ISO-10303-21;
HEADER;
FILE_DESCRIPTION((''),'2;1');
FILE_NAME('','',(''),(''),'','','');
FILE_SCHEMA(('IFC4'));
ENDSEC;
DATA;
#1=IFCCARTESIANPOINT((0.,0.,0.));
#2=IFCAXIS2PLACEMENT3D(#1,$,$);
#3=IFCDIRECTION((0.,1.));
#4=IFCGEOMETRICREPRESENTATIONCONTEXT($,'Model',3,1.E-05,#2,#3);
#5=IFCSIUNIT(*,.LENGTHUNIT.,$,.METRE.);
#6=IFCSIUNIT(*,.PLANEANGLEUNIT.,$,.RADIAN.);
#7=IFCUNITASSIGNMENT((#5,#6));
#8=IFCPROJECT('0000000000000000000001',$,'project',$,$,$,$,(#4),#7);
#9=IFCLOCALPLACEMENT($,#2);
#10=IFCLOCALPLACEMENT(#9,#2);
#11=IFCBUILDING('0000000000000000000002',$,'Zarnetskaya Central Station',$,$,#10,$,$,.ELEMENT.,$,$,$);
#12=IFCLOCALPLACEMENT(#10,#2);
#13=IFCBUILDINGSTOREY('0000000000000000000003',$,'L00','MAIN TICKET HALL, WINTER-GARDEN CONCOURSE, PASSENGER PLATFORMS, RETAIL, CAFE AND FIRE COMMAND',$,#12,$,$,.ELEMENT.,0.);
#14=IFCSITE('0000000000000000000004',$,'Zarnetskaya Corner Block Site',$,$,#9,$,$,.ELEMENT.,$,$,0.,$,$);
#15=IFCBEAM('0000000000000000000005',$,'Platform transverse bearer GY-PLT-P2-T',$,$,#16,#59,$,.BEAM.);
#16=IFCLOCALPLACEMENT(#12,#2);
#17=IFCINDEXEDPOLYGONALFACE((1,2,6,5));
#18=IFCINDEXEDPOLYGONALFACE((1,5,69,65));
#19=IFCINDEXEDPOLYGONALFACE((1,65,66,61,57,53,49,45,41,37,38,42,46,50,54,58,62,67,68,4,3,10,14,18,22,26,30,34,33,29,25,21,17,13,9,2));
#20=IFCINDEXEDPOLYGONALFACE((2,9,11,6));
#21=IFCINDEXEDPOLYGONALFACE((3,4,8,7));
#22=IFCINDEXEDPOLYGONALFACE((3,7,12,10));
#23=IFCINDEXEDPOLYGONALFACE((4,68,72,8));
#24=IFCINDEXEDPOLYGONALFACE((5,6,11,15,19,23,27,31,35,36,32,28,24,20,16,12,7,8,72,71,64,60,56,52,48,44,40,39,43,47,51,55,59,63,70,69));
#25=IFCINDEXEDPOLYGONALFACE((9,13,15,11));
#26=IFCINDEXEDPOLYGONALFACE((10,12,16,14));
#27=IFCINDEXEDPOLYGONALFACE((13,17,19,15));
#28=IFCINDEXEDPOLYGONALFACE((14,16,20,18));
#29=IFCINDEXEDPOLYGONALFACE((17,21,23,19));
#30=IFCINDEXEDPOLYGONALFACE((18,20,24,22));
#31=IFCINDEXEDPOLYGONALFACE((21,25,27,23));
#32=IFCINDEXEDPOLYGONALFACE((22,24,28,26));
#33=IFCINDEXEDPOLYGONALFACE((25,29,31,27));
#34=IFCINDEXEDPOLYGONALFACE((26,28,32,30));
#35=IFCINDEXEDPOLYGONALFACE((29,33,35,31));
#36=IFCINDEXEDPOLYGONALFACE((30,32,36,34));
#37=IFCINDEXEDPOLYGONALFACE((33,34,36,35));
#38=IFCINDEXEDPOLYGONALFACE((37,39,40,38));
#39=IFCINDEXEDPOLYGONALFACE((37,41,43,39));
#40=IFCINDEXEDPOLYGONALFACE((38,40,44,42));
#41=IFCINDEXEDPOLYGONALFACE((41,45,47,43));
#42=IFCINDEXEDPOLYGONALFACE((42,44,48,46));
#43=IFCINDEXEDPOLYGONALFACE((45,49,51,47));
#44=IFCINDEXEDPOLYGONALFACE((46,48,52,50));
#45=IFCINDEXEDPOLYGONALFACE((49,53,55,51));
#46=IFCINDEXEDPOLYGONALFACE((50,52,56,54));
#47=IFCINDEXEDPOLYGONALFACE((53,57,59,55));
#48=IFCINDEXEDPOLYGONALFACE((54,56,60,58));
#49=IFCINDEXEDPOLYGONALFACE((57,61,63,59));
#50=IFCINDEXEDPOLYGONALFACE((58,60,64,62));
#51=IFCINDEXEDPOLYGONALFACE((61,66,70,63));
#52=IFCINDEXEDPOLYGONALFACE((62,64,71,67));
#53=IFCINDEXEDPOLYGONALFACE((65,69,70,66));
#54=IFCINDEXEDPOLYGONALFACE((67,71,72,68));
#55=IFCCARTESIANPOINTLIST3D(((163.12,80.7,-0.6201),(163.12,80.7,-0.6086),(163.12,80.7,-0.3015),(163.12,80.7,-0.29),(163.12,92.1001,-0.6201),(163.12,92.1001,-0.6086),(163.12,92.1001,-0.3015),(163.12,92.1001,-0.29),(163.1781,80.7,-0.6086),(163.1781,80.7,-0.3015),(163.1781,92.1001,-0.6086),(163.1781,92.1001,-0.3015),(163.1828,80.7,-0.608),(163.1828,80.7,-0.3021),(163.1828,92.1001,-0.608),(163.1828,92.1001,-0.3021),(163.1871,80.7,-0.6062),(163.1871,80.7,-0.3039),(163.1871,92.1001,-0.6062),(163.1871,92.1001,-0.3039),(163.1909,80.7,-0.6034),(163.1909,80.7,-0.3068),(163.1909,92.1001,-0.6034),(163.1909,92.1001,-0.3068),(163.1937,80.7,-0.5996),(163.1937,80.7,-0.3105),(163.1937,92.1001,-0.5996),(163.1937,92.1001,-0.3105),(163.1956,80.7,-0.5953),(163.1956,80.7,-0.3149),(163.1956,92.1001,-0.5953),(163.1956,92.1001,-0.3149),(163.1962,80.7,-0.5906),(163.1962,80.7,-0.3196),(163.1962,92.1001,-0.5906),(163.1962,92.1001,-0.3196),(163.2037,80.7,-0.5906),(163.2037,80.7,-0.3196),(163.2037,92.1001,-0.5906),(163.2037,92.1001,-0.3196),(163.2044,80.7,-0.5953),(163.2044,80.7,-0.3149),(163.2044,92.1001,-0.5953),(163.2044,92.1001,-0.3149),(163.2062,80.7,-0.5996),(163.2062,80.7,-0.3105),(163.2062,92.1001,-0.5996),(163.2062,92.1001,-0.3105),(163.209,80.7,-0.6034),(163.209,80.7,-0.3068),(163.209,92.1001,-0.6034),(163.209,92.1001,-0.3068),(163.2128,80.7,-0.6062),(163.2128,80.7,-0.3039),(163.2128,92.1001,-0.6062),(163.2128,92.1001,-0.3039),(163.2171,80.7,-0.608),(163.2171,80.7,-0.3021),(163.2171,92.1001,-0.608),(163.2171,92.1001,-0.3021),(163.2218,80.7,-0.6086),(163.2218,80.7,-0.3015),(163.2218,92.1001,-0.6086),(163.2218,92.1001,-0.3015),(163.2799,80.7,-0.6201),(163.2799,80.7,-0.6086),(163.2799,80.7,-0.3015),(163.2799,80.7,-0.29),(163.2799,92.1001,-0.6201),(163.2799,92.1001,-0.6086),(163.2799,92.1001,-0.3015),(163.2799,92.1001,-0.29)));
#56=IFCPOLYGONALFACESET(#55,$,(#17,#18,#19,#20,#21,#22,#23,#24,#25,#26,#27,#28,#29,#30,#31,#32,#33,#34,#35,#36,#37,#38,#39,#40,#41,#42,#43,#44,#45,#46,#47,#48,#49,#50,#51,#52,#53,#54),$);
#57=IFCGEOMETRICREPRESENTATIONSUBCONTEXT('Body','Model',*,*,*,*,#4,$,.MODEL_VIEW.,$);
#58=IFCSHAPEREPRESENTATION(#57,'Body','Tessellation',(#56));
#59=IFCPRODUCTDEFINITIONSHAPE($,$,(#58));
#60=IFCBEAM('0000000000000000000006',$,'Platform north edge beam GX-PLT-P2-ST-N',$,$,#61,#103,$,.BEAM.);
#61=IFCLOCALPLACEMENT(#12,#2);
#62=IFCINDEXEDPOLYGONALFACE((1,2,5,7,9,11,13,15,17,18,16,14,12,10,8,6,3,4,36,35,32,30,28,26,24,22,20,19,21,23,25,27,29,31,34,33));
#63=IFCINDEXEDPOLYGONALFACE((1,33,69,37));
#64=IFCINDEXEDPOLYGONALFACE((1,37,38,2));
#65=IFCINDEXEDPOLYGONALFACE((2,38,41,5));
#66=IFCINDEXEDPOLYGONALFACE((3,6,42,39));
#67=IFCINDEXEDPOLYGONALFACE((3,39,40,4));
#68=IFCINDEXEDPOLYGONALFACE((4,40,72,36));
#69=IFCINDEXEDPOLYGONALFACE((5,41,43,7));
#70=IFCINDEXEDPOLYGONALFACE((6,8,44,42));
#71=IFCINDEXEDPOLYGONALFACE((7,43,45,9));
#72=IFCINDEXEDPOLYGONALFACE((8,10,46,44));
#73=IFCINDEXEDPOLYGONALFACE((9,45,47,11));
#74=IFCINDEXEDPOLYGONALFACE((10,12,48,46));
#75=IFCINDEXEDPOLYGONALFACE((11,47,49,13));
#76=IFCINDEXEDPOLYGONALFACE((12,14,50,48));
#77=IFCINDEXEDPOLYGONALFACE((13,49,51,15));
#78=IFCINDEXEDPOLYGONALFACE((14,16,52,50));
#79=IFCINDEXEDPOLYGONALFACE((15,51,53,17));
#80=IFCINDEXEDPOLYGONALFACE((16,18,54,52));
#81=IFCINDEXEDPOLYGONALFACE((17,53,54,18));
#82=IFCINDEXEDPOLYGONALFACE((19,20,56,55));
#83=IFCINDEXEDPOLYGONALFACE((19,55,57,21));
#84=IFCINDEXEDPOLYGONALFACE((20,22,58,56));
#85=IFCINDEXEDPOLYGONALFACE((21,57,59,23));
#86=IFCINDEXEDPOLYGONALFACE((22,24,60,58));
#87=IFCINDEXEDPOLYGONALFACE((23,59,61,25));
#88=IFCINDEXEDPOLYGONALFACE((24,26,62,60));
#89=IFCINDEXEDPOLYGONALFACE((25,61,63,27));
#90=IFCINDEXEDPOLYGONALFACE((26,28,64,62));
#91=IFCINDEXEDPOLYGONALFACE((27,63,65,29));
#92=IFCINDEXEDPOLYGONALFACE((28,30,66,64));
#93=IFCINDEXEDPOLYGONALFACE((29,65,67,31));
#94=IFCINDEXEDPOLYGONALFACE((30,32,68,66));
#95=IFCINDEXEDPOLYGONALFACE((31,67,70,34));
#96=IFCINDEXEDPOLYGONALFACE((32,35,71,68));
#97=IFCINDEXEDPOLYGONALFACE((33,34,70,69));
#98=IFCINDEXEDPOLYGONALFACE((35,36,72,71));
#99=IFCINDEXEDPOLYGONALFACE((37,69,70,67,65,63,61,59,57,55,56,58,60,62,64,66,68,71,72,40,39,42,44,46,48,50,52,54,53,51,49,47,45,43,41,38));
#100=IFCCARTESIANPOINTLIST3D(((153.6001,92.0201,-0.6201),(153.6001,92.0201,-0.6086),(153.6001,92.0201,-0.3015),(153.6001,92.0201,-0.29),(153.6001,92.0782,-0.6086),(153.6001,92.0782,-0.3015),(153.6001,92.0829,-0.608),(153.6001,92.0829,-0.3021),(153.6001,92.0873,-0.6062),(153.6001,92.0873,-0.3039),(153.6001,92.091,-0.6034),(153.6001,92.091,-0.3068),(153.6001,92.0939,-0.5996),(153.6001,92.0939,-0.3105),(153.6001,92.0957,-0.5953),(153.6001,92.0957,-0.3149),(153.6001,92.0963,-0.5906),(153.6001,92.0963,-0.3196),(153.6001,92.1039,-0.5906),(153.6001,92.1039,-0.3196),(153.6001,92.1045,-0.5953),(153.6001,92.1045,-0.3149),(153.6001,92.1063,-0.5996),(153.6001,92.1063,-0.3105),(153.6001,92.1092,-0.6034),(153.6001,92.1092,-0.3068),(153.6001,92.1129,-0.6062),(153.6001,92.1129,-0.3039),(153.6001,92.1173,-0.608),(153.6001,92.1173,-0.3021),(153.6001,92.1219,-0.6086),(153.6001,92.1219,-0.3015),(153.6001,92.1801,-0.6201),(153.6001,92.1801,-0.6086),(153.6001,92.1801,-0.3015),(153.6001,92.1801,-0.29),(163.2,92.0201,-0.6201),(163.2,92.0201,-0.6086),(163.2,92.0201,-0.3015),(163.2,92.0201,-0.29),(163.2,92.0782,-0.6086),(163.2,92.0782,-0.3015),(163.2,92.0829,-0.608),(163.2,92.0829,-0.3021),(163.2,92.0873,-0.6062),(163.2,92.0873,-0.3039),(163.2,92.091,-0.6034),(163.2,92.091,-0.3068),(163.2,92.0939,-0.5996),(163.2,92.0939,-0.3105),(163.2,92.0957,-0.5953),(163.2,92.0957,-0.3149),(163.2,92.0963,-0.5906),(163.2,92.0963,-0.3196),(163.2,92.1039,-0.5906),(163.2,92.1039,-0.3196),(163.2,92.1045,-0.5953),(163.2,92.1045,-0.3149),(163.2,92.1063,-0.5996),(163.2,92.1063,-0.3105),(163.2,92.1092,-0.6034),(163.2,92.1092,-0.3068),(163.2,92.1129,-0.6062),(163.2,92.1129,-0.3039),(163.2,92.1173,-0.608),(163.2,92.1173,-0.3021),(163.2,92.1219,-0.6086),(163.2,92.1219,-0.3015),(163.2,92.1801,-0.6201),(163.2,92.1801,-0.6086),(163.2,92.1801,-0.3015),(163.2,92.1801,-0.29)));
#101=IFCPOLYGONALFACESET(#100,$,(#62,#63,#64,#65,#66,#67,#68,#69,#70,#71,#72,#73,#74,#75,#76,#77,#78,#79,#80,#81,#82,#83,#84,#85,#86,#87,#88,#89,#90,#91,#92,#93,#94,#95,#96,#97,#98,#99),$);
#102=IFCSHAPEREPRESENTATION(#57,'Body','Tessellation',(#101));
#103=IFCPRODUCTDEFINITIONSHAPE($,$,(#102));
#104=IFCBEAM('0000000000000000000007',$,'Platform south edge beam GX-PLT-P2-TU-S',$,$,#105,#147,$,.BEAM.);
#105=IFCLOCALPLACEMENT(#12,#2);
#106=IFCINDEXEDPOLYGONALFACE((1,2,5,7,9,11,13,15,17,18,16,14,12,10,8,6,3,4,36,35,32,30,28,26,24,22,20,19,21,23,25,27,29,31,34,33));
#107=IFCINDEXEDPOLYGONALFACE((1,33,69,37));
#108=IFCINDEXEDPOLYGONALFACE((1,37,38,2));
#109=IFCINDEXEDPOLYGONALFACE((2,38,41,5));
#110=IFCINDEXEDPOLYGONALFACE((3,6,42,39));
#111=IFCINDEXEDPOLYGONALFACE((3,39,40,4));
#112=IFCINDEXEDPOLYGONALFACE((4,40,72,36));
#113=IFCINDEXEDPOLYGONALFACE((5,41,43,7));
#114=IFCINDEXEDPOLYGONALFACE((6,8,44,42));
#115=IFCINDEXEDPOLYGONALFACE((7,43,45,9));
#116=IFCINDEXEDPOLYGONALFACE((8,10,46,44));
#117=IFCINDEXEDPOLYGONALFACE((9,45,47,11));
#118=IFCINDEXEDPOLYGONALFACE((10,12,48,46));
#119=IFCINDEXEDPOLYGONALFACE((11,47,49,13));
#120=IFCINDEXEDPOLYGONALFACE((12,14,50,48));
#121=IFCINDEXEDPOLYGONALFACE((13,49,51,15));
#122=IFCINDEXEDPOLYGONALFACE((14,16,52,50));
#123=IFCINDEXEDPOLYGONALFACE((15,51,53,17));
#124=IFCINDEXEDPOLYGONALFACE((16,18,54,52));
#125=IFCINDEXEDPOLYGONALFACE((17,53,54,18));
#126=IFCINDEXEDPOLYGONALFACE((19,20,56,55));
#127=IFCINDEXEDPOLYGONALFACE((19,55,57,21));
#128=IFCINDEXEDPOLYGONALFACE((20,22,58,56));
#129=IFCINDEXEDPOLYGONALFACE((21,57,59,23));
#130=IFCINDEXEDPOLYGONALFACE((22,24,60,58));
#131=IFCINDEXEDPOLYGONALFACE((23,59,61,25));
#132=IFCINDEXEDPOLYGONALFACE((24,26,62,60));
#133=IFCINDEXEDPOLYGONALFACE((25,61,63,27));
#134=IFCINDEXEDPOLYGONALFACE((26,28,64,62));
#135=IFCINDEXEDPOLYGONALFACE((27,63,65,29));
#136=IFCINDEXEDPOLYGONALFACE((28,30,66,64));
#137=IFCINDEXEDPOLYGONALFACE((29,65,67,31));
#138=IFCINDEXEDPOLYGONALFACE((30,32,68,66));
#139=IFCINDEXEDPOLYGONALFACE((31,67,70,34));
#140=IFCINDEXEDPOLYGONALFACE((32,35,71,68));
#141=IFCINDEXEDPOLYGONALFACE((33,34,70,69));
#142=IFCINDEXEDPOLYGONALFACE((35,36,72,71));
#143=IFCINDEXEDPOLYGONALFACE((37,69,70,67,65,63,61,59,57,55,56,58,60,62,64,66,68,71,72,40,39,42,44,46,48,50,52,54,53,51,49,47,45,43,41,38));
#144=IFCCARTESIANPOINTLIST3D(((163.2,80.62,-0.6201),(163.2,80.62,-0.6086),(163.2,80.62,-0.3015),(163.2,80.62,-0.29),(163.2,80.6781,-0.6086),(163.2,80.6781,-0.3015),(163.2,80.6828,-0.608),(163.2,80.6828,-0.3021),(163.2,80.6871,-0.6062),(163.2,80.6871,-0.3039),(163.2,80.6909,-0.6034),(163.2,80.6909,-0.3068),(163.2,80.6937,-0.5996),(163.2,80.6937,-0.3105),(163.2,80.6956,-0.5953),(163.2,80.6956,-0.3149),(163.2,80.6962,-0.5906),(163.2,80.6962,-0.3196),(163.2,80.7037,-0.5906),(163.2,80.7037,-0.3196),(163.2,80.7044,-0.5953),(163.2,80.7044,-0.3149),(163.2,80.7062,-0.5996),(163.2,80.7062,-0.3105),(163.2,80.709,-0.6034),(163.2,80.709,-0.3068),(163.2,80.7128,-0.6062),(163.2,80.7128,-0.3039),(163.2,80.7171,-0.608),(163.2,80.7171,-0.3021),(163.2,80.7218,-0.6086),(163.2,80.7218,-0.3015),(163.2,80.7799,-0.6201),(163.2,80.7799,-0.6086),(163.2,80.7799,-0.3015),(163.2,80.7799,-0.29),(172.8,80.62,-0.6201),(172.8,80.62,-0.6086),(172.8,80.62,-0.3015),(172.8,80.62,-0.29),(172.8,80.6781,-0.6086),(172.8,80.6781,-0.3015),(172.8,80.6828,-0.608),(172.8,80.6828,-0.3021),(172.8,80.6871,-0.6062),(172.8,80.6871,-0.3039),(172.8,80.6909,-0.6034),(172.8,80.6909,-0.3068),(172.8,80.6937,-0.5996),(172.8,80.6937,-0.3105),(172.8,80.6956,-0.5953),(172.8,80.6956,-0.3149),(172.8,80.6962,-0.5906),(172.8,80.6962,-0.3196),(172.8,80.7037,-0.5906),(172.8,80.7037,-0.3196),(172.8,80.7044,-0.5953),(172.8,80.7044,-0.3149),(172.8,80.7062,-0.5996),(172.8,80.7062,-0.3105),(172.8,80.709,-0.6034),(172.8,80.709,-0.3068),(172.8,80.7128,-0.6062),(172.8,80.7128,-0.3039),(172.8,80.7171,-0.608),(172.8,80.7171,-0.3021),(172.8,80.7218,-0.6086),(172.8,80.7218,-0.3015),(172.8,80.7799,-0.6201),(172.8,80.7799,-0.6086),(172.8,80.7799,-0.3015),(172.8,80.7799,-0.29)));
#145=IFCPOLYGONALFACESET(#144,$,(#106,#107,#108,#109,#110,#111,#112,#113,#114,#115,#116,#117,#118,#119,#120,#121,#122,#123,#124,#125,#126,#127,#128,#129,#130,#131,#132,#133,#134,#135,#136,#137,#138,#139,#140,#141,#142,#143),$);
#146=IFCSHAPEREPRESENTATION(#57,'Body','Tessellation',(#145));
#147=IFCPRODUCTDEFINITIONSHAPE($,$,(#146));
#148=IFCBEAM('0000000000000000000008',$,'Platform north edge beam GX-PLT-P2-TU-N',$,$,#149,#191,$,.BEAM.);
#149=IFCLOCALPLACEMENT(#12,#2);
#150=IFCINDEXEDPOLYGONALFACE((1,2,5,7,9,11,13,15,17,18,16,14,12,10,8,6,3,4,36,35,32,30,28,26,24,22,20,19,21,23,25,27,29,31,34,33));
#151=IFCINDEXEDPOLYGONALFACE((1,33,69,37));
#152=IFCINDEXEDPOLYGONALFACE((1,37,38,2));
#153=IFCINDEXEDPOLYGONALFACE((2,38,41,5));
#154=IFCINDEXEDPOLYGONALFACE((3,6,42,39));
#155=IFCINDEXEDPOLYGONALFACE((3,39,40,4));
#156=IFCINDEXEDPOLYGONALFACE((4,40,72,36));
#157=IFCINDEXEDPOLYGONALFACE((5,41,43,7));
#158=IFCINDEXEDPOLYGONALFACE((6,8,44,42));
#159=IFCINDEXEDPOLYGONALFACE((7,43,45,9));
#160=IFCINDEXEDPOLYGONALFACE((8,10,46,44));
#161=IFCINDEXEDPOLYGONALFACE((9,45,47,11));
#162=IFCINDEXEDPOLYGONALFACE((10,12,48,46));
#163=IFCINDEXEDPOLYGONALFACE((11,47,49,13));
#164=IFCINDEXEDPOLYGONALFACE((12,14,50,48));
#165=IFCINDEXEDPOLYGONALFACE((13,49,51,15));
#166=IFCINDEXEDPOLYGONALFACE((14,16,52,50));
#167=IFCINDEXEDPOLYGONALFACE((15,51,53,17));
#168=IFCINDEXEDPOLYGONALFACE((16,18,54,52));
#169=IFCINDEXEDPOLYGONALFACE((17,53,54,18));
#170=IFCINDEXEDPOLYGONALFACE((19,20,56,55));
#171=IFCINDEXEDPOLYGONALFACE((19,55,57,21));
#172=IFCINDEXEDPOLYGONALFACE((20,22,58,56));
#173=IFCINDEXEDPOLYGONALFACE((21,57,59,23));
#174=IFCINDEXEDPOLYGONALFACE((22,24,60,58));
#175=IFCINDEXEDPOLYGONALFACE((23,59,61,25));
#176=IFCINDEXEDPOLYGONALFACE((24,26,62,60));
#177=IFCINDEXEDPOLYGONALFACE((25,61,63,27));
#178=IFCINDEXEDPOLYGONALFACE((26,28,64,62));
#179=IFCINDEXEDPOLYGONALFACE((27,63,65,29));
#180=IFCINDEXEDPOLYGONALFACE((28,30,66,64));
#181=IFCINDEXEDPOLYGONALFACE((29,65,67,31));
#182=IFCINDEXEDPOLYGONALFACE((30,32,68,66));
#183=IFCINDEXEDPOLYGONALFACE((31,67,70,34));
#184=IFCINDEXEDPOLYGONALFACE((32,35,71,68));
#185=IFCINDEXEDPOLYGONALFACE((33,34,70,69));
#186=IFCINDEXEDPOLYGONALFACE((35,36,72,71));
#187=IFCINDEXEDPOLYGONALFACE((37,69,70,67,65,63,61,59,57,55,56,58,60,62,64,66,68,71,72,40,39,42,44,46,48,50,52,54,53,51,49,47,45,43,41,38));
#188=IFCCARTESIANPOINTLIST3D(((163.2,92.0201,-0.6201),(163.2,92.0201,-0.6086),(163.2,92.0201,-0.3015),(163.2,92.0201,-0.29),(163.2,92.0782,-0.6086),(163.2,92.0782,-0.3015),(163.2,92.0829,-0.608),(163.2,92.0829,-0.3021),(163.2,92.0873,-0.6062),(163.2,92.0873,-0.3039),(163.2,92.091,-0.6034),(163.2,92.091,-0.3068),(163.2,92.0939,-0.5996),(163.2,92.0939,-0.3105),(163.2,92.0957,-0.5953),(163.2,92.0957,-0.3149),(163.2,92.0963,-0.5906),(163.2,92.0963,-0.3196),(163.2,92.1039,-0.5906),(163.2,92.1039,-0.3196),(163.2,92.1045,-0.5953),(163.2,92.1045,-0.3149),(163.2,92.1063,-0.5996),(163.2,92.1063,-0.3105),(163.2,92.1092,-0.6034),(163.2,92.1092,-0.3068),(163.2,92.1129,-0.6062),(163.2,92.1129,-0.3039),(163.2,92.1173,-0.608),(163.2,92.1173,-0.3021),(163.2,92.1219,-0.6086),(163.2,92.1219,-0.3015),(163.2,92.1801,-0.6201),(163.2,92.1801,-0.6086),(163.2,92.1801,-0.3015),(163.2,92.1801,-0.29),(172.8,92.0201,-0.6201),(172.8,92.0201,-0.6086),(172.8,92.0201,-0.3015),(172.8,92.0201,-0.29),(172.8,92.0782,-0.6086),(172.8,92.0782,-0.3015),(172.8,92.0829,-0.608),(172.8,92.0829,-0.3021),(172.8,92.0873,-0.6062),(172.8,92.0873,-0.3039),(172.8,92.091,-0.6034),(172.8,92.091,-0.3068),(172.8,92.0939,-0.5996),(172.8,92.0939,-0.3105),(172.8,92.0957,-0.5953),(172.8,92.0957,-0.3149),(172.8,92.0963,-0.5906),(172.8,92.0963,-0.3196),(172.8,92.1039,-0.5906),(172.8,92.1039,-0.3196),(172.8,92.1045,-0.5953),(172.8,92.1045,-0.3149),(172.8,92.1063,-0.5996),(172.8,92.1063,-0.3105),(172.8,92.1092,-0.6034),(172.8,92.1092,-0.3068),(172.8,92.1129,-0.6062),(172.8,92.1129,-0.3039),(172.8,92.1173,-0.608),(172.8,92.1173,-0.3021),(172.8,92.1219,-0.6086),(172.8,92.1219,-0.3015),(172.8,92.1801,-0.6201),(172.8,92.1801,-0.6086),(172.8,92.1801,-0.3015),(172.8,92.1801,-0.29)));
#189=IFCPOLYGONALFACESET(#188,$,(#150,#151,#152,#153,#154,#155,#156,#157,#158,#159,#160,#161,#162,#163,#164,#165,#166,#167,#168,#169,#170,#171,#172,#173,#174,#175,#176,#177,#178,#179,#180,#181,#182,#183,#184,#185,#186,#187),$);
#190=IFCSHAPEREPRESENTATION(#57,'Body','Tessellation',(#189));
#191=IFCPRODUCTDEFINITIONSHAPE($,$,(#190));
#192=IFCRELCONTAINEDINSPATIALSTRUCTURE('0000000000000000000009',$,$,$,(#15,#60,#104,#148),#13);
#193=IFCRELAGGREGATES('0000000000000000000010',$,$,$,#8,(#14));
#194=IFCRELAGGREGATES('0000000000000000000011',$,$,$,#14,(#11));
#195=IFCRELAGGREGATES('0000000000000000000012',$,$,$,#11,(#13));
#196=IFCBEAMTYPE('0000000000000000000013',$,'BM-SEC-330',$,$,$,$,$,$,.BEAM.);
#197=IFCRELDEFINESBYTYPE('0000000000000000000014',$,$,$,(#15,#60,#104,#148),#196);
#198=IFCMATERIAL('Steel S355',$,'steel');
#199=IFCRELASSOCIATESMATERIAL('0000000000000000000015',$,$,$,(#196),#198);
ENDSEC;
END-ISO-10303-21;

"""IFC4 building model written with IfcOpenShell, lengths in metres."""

from ifc_helpers import new_model, si_unit, direction, frame, origin, origin_2d, place, context, subcontext, project, spatial, i_section, extrude, material, material_profile, profile_set, type_object, element, save


model = new_model("IFC4")

# Units and contexts
model_context = context("Model", 3, precision=1e-05, world=origin(), true_north=direction((0.0, 1.0)))
body_context = subcontext(model_context, "Body", "Model", "MODEL_VIEW")
ifc_project = project(units=[si_unit("LENGTHUNIT", "METRE"), si_unit("PLANEANGLEUNIT", "RADIAN")], contexts=[model_context])

# Site, building, storey
site_placement = place(None, origin())
site = spatial("IfcSite", under=ifc_project, at=site_placement, Name="Zarnetskaya Corner Block Site", CompositionType="ELEMENT", RefElevation=0.0)
building_placement = place(site_placement, origin())
building = spatial("IfcBuilding", under=site, at=building_placement, Name="Zarnetskaya Central Station", CompositionType="ELEMENT")
storey_placement = place(building_placement, origin())
storey = spatial("IfcBuildingStorey", under=building, at=storey_placement, Name="L00", Description="MAIN TICKET HALL, WINTER-GARDEN CONCOURSE, PASSENGER PLATFORMS, RETAIL, CAFE AND FIRE COMMAND", CompositionType="ELEMENT", Elevation=0.0)

# Shared definitions
ifc_material = material(Name="Steel S355", Category="steel")

# Beams
ifc_material_profile_1 = material_profile(ifc_material, i_section(OverallWidth=0.1599, OverallDepth=0.3301, WebThickness=0.0076, FlangeThickness=0.0115, FilletRadius=0.0181, at=origin_2d()), Name="IPE 330")
ifc_profile_set_1 = profile_set([ifc_material_profile_1], Name="Steel S355")
beam_type_1 = type_object("IfcBeamType", Name="BM-SEC-330", PredefinedType="BEAM", material=ifc_profile_set_1)
beam_1_placement = place(storey_placement, frame((163.2, 80.7, -0.4551), z_axis=(0.0, 1.0, 0.0), x_axis=(-1.0, 0.0, 0.0)))
element("IfcBeam", 1, at=beam_1_placement, inside=storey, type_object=beam_type_1, Name="Platform transverse bearer GY-PLT-P2-T", PredefinedType="BEAM", context=body_context, shape_type="SweptSolid", body=[
    extrude(i_section(OverallWidth=0.1599, OverallDepth=0.3301, WebThickness=0.0076, FlangeThickness=0.0115, FilletRadius=0.0181, at=origin_2d()), origin(), (0.0, 0.0, 1.0), 11.4001),
])
beam_2_placement = place(storey_placement, frame((153.6001, 92.1001, -0.4551), z_axis=(1.0, 0.0, 0.0), x_axis=(0.0, 1.0, 0.0)))
element("IfcBeam", 2, at=beam_2_placement, inside=storey, type_object=beam_type_1, Name="Platform north edge beam GX-PLT-P2-ST-N", PredefinedType="BEAM", context=body_context, shape_type="SweptSolid", body=[
    extrude(i_section(OverallWidth=0.1599, OverallDepth=0.3301, WebThickness=0.0076, FlangeThickness=0.0115, FilletRadius=0.0181, at=origin_2d()), origin(), (0.0, 0.0, 1.0), 9.5999),
])
for number, where, z_axis, x_axis, name in (
    (3, (163.2, 80.7, -0.4551), (1.0, 0.0, 0.0), (0.0, 1.0, 0.0), "Platform south edge beam GX-PLT-P2-TU-S"),
    (4, (163.2, 92.1001, -0.4551), (1.0, 0.0, 0.0), (0.0, 1.0, 0.0), "Platform north edge beam GX-PLT-P2-TU-N"),
):
    element("IfcBeam", number, at=place(storey_placement, frame(where, z_axis=z_axis, x_axis=x_axis)), inside=storey, type_object=beam_type_1, Name=name, PredefinedType="BEAM", context=body_context, shape_type="SweptSolid", body=[
        extrude(i_section(OverallWidth=0.1599, OverallDepth=0.3301, WebThickness=0.0076, FlangeThickness=0.0115, FilletRadius=0.0181, at=origin_2d()), origin(), (0.0, 0.0, 1.0), 9.6001),
    ])

save(model, "model.ifc")
